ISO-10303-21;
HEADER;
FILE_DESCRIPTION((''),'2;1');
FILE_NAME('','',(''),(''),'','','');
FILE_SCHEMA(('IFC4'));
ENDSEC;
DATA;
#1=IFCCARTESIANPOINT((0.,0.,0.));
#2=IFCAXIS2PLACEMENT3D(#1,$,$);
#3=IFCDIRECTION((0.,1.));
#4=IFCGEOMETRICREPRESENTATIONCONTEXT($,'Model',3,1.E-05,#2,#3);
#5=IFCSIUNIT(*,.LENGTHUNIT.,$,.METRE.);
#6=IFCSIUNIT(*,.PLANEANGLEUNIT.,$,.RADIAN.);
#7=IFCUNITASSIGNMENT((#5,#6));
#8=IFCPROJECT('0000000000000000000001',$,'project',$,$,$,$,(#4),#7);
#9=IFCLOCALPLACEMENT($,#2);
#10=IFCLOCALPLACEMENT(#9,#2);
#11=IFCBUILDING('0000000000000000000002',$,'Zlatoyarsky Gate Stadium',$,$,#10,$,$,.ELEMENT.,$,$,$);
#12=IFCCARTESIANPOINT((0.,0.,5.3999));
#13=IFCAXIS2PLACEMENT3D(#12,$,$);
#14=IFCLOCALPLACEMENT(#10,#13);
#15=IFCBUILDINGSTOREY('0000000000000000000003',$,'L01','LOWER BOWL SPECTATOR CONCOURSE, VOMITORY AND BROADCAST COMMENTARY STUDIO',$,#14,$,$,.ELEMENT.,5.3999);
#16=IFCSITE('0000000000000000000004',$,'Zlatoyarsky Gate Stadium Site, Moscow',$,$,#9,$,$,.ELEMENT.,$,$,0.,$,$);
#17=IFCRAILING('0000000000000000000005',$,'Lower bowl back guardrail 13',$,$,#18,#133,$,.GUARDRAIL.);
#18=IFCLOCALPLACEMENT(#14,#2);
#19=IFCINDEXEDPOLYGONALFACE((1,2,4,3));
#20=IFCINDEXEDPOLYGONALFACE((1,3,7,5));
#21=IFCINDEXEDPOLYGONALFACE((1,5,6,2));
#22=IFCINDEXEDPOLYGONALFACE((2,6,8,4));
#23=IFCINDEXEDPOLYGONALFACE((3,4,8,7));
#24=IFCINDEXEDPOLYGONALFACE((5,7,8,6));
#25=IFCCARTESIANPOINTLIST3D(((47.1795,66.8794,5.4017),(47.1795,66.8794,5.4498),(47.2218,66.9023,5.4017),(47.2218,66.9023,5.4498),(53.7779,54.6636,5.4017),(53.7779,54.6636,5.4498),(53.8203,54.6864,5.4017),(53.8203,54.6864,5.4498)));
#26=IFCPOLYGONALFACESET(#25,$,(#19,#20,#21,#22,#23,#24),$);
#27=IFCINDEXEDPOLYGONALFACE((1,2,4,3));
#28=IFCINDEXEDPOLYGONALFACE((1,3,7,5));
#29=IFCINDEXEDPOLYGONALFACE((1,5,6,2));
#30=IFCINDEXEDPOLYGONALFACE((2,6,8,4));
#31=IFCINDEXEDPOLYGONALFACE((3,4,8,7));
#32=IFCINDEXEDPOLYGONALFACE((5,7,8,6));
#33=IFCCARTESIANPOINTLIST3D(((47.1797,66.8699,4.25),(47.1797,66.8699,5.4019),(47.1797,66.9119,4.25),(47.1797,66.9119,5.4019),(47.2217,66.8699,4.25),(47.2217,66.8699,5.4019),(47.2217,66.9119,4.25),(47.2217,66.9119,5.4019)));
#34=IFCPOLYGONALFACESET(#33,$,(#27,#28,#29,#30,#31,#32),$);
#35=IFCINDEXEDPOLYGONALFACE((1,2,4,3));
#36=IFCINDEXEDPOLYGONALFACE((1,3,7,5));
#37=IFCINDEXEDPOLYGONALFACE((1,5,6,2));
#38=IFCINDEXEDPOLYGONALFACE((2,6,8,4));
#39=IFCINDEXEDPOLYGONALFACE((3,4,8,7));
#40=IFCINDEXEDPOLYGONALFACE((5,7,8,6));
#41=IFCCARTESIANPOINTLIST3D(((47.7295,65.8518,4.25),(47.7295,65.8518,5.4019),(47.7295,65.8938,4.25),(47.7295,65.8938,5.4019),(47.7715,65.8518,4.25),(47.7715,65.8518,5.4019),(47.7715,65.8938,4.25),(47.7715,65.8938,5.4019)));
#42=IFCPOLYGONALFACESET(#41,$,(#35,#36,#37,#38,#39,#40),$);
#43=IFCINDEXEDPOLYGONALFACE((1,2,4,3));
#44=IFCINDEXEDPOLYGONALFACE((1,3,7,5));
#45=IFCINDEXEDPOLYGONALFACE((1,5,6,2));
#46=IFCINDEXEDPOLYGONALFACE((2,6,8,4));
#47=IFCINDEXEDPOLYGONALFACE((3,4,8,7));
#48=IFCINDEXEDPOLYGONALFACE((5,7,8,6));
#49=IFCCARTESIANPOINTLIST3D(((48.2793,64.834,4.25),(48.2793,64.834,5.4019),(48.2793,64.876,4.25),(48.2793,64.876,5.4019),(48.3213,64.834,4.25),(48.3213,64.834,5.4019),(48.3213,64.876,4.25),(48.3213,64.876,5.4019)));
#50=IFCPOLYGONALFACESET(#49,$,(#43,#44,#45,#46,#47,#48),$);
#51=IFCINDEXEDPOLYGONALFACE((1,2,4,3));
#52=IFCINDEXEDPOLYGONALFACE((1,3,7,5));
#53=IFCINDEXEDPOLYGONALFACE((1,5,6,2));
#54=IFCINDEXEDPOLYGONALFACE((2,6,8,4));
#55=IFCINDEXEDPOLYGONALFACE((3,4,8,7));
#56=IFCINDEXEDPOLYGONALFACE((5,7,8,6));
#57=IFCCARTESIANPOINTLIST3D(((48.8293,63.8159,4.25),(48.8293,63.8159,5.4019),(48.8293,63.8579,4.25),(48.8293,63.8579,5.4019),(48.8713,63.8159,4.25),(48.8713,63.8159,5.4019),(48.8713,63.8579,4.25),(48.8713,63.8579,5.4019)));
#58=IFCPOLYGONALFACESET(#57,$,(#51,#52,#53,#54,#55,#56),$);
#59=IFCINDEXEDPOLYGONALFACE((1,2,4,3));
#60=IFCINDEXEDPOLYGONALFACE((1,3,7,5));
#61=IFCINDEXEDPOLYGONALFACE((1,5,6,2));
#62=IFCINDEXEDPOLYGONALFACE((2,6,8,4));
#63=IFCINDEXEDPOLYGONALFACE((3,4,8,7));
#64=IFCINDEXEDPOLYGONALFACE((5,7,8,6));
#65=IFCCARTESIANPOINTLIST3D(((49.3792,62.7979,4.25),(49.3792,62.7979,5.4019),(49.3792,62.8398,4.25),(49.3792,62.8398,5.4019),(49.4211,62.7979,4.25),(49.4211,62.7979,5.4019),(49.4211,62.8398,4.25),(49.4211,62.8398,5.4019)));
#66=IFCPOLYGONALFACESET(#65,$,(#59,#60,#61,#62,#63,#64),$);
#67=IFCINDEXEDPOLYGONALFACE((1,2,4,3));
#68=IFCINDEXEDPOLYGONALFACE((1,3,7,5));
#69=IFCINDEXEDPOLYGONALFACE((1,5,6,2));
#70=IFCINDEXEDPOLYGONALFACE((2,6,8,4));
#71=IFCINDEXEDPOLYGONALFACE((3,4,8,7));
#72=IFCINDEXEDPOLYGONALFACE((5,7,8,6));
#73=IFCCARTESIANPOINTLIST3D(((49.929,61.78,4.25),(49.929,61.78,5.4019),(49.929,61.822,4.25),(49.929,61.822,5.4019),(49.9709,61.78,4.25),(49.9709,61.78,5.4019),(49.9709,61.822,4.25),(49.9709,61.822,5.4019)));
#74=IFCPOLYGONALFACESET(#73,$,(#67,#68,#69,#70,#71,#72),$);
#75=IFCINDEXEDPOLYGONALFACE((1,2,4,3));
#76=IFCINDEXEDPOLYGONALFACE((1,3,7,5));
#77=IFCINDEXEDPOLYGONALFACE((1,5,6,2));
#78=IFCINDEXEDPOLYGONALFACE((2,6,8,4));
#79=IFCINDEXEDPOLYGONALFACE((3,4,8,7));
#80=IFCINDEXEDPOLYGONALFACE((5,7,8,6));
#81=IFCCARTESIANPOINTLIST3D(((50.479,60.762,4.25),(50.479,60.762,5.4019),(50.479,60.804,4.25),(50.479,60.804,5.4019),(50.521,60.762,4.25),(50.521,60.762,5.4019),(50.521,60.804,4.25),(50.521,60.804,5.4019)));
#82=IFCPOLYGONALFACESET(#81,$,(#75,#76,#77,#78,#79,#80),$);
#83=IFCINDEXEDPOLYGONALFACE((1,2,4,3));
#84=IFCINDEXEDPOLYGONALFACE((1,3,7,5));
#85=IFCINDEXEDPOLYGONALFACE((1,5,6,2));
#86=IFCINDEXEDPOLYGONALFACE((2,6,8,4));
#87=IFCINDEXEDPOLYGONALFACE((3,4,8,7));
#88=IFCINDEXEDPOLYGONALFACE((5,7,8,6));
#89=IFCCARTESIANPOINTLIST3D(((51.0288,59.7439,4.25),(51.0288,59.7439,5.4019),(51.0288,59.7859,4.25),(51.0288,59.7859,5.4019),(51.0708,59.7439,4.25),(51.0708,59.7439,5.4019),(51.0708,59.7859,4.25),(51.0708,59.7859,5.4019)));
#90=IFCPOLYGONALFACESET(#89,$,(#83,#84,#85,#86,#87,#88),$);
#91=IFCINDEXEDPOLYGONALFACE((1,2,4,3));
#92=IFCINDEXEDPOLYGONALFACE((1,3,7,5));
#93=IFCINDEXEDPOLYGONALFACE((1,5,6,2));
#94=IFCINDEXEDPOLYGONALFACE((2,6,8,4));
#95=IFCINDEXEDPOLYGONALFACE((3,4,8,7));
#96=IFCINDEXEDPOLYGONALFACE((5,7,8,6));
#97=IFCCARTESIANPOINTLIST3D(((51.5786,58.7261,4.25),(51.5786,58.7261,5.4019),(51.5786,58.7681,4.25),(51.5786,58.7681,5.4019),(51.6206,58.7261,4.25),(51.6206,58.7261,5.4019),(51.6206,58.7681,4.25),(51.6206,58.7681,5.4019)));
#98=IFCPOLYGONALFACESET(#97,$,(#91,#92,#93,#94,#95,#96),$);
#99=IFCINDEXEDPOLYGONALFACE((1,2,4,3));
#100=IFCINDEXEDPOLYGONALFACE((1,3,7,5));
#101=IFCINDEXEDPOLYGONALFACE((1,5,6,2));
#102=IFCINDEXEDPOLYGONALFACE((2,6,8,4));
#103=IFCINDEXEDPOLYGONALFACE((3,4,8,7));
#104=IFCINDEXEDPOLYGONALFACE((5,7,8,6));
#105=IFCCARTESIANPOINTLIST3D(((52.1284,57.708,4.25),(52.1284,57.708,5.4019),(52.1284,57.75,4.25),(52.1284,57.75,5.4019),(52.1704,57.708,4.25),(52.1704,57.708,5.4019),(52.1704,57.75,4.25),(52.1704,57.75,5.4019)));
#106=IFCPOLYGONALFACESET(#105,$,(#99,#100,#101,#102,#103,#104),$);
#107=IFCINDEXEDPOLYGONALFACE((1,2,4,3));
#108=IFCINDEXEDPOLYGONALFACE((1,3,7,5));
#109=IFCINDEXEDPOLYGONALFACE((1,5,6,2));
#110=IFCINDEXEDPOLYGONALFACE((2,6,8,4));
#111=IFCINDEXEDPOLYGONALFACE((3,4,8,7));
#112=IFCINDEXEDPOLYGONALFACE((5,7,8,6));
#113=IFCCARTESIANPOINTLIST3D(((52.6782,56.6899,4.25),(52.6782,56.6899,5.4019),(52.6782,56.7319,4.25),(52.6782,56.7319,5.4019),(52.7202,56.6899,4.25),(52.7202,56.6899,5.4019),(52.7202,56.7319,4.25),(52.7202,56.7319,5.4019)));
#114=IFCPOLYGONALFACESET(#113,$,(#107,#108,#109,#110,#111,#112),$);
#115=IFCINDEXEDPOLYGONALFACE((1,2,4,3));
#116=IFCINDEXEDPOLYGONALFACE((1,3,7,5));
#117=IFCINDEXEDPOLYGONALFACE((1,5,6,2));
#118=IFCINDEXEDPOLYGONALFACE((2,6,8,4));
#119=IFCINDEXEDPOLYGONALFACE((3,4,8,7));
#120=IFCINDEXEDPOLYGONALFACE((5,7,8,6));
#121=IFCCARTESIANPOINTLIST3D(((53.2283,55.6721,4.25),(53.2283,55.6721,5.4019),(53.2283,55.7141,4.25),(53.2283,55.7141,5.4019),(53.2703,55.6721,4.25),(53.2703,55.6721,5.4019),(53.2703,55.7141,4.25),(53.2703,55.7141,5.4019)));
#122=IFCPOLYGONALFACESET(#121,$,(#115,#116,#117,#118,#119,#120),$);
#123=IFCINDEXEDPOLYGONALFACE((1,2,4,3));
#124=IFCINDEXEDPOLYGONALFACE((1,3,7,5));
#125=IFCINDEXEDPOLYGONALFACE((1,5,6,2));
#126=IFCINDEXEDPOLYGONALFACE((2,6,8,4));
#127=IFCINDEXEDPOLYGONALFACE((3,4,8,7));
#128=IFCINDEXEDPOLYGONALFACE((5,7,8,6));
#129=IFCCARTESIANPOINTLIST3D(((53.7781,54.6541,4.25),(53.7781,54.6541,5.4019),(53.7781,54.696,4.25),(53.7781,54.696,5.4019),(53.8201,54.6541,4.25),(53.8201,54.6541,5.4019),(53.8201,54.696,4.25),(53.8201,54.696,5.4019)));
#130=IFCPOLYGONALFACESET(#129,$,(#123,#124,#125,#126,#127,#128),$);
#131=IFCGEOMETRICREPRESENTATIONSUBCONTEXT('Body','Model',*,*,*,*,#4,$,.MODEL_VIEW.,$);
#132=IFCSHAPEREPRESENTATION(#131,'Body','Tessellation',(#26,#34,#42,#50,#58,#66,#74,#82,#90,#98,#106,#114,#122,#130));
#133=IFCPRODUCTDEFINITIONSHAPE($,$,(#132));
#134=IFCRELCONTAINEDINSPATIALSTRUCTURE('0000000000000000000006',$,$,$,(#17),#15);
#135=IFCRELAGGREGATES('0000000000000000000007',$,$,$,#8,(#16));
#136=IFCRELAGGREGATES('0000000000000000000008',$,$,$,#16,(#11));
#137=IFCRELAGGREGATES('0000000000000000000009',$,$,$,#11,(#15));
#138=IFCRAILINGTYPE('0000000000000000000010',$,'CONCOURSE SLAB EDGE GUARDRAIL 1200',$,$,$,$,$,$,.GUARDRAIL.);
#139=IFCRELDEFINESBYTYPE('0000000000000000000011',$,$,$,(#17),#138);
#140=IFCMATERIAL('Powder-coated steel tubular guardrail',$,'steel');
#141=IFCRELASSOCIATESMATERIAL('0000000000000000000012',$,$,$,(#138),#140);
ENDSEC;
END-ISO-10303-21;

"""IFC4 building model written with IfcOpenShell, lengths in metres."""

from ifc_helpers import new_model, si_unit, direction, frame, origin, origin_2d, place, context, subcontext, project, spatial, rectangle, extrude, material, type_object, element, save


model = new_model("IFC4")

# Units and contexts
model_context = context("Model", 3, precision=1e-05, world=origin(), true_north=direction((0.0, 1.0)))
body_context = subcontext(model_context, "Body", "Model", "MODEL_VIEW")
ifc_project = project(units=[si_unit("LENGTHUNIT", "METRE"), si_unit("PLANEANGLEUNIT", "RADIAN")], contexts=[model_context])

# Site, building, storey
site_placement = place(None, origin())
site = spatial("IfcSite", under=ifc_project, at=site_placement, Name="Zlatoyarsky Gate Stadium Site, Moscow", CompositionType="ELEMENT", RefElevation=0.0)
building_placement = place(site_placement, origin())
building = spatial("IfcBuilding", under=site, at=building_placement, Name="Zlatoyarsky Gate Stadium", CompositionType="ELEMENT")
storey_placement = place(building_placement, frame((0.0, 0.0, 5.3999)))
storey = spatial("IfcBuildingStorey", under=building, at=storey_placement, Name="L01", Description="LOWER BOWL SPECTATOR CONCOURSE, VOMITORY AND BROADCAST COMMENTARY STUDIO", CompositionType="ELEMENT", Elevation=5.3999)

# Railing
ifc_material_1 = material(Name="Powder-coated steel tubular guardrail", Category="steel")
railing_type_1 = type_object("IfcRailingType", Name="CONCOURSE SLAB EDGE GUARDRAIL 1200", PredefinedType="GUARDRAIL", material=ifc_material_1)
railing_1_placement = place(storey_placement, frame((47.2007, 66.8909, 4.25)))
element("IfcRailing", 1, at=railing_1_placement, inside=storey, type_object=railing_type_1, Name="Lower bowl back guardrail 13", PredefinedType="GUARDRAIL", context=body_context, shape_type="SweptSolid", body=[
    extrude(rectangle(XDim=0.0481, YDim=0.0481, at=origin_2d()), frame((0.0, 0.0, 1.1758), z_axis=(0.475252, -0.87985, 0.0), x_axis=(0.87985, 0.475252, 0.0)), (0.0, 0.0, 1.0), 13.884),
    extrude(rectangle(XDim=0.042, YDim=0.042, at=origin_2d()), origin(), (0.0, 0.0, 1.0), 1.1519),
    extrude(rectangle(XDim=0.042, YDim=0.042, at=origin_2d()), frame((0.5498, -1.0181, 0.0)), (0.0, 0.0, 1.0), 1.1519),
    extrude(rectangle(XDim=0.042, YDim=0.042, at=origin_2d()), frame((1.0996, -2.0359, 0.0)), (0.0, 0.0, 1.0), 1.1519),
    extrude(rectangle(XDim=0.042, YDim=0.042, at=origin_2d()), frame((1.6497, -3.054, 0.0)), (0.0, 0.0, 1.0), 1.1519),
    extrude(rectangle(XDim=0.042, YDim=0.042, at=origin_2d()), frame((2.1995, -4.072, 0.0)), (0.0, 0.0, 1.0), 1.1519),
    extrude(rectangle(XDim=0.042, YDim=0.042, at=origin_2d()), frame((2.7493, -5.0898, 0.0)), (0.0, 0.0, 1.0), 1.1519),
    extrude(rectangle(XDim=0.042, YDim=0.042, at=origin_2d()), frame((3.2993, -6.1079, 0.0)), (0.0, 0.0, 1.0), 1.1519),
    extrude(rectangle(XDim=0.042, YDim=0.042, at=origin_2d()), frame((3.8491, -7.126, 0.0)), (0.0, 0.0, 1.0), 1.1519),
    extrude(rectangle(XDim=0.042, YDim=0.042, at=origin_2d()), frame((4.3989, -8.1438, 0.0)), (0.0, 0.0, 1.0), 1.1519),
    extrude(rectangle(XDim=0.042, YDim=0.042, at=origin_2d()), frame((4.9487, -9.1619, 0.0)), (0.0, 0.0, 1.0), 1.1519),
    extrude(rectangle(XDim=0.042, YDim=0.042, at=origin_2d()), frame((5.4985, -10.1799, 0.0)), (0.0, 0.0, 1.0), 1.1519),
    extrude(rectangle(XDim=0.042, YDim=0.042, at=origin_2d()), frame((6.0486, -11.1978, 0.0)), (0.0, 0.0, 1.0), 1.1519),
    extrude(rectangle(XDim=0.042, YDim=0.042, at=origin_2d()), frame((6.5984, -12.2158, 0.0)), (0.0, 0.0, 1.0), 1.1519),
])

save(model, "model.ifc")
